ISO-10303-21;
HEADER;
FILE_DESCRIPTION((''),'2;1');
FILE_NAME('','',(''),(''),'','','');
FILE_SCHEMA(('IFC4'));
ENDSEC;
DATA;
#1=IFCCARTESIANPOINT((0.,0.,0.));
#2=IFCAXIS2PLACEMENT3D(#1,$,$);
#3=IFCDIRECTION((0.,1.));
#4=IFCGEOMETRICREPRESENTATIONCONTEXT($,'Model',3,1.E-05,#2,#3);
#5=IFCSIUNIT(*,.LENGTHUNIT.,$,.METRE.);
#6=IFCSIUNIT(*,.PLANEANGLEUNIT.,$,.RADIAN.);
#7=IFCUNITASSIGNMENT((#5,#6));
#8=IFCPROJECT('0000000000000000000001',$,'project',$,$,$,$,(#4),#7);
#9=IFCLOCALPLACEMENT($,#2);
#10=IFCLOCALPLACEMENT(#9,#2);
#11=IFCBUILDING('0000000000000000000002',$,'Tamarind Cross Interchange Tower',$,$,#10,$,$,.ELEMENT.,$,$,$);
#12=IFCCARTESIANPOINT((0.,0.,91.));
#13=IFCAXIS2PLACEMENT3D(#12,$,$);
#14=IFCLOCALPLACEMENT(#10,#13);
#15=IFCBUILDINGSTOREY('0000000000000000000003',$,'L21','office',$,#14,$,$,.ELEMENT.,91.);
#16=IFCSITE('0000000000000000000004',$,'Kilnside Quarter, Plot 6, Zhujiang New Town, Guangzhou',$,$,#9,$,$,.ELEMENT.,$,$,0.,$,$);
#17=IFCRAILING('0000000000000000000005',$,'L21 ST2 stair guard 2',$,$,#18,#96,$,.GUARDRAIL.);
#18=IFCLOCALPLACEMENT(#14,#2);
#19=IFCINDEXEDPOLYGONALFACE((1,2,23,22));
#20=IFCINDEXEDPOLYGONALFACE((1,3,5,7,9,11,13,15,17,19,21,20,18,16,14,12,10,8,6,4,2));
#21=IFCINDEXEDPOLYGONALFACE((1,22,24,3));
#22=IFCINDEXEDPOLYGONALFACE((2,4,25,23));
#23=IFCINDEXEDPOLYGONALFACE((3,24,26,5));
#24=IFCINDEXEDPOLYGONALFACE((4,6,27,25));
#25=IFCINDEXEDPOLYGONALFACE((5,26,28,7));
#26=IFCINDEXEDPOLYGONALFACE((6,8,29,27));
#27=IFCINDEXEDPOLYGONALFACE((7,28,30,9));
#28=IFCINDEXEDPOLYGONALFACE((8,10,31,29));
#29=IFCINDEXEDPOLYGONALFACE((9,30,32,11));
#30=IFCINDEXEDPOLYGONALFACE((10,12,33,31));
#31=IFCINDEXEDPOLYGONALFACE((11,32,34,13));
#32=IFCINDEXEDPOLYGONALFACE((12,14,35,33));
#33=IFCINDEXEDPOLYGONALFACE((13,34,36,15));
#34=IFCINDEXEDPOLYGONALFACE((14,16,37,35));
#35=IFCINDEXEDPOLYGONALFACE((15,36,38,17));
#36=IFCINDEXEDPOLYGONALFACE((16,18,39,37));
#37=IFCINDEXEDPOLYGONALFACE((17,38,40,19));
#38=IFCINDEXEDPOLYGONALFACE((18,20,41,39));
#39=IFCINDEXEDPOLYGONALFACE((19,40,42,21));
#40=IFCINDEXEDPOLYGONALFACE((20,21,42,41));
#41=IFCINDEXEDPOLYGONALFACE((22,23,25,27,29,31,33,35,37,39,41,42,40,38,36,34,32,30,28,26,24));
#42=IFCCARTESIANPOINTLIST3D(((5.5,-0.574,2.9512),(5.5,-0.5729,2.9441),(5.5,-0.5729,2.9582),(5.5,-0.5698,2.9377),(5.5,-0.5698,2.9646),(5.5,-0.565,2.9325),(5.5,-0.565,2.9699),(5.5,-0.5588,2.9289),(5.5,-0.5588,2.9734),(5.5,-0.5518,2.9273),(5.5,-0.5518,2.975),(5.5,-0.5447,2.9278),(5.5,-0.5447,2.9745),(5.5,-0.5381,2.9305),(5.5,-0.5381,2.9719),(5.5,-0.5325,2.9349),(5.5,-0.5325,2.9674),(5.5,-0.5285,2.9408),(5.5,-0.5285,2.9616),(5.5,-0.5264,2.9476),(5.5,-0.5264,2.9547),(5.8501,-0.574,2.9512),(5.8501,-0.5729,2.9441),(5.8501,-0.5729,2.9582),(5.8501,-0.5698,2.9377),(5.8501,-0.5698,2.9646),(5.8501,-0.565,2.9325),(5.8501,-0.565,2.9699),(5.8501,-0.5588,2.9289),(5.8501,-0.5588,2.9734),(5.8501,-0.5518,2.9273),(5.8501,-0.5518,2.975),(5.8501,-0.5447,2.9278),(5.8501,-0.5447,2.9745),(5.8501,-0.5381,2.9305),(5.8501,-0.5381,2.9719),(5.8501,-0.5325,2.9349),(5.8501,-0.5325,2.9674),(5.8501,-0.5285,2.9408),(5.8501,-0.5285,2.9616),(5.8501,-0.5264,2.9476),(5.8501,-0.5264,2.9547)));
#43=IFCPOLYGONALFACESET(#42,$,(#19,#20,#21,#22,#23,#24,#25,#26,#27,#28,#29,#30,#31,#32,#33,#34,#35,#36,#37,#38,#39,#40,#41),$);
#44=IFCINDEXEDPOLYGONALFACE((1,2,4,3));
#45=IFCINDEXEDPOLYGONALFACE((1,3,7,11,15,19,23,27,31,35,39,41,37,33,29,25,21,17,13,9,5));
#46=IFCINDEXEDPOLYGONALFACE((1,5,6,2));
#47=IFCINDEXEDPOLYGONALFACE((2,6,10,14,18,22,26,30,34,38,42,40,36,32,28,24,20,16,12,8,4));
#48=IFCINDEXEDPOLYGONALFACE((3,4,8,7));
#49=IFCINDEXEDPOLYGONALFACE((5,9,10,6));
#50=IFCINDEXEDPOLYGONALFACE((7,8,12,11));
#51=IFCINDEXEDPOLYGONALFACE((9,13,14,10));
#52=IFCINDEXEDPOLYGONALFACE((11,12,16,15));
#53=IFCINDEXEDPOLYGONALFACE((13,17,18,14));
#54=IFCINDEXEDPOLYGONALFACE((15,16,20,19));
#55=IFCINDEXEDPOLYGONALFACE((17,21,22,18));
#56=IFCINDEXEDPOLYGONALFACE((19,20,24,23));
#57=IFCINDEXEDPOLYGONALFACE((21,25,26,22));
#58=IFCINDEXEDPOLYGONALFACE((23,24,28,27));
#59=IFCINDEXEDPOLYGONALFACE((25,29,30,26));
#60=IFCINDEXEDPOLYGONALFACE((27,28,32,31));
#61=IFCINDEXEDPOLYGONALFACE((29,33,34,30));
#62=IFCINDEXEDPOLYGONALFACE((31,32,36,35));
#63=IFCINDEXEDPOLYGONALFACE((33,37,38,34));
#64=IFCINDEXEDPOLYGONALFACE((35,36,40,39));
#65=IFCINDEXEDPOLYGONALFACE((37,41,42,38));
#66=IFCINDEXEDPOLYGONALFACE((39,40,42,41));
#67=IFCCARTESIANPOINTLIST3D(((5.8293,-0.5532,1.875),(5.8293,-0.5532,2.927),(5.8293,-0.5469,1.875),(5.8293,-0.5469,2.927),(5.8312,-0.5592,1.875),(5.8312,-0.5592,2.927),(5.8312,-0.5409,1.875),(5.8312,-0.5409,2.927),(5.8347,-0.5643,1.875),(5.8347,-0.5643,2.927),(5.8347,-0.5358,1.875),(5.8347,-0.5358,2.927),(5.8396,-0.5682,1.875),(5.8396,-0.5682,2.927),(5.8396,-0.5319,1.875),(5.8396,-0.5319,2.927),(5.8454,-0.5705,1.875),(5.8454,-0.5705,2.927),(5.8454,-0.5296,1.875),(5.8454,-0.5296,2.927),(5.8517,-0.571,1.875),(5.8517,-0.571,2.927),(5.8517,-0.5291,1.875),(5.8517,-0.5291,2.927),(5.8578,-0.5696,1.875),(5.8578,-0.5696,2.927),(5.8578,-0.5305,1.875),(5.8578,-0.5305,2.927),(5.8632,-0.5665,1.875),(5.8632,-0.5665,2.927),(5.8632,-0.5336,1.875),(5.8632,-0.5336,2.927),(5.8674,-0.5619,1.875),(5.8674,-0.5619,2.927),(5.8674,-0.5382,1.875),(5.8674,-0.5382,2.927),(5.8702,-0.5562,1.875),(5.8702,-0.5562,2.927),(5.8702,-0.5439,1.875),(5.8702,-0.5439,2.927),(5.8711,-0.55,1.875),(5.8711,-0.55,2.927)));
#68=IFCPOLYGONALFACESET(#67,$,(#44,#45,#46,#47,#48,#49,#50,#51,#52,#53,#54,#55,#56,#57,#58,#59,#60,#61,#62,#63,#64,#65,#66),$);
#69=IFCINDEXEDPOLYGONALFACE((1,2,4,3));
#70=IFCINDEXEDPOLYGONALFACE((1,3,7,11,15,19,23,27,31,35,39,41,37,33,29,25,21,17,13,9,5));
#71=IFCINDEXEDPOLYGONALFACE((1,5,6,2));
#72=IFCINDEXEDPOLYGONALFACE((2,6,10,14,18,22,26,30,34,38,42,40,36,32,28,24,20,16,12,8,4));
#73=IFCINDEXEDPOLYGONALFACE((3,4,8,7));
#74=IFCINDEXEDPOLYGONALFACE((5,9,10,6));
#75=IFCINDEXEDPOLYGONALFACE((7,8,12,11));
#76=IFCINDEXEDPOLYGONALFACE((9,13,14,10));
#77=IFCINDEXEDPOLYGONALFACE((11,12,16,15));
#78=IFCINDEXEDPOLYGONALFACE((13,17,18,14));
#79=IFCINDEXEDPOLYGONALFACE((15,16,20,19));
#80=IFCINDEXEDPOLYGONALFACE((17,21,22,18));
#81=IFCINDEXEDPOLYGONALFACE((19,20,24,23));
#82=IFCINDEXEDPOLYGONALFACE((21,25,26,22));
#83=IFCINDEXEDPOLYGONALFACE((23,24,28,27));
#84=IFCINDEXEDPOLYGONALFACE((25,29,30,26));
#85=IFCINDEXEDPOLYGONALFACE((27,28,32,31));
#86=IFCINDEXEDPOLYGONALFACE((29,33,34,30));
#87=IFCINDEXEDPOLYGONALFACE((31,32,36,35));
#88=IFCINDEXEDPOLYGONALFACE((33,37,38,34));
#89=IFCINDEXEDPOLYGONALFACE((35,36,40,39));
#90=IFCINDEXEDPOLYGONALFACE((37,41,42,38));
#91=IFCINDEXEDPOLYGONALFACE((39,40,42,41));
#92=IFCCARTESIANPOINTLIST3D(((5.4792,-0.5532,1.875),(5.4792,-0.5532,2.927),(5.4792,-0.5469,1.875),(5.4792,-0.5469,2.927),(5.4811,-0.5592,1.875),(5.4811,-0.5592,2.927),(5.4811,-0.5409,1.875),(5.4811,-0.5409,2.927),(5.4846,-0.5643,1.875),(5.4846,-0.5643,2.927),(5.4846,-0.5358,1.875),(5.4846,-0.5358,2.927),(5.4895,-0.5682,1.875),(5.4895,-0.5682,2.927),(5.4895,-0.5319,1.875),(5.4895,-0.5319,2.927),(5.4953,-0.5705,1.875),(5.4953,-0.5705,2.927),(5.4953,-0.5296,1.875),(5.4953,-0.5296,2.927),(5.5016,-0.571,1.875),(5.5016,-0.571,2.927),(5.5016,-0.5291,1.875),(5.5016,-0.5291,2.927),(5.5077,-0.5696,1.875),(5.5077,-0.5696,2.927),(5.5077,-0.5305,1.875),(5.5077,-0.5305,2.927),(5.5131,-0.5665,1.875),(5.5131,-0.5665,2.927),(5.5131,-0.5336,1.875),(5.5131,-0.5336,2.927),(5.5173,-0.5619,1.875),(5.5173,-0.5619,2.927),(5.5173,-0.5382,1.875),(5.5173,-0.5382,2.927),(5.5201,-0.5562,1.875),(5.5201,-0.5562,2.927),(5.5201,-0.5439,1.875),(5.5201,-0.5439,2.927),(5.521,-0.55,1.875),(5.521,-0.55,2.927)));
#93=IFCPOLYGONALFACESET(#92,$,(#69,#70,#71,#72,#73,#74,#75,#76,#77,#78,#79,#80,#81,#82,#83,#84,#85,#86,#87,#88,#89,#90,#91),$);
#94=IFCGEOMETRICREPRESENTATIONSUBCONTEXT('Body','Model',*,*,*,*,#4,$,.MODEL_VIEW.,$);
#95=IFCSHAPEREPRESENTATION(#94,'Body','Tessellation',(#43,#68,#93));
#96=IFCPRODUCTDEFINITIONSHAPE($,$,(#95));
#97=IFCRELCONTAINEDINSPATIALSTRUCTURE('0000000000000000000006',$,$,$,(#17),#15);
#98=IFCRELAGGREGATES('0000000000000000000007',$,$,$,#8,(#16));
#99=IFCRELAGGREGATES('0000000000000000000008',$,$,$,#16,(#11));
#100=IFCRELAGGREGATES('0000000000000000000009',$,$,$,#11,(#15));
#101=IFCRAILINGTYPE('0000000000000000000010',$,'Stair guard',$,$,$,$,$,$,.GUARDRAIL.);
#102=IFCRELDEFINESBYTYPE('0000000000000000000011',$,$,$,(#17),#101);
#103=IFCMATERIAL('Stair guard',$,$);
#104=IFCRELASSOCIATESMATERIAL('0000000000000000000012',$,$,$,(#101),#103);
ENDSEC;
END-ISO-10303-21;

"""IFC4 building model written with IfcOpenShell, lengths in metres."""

from ifc_helpers import new_model, si_unit, direction, frame, origin, origin_2d, place, context, subcontext, project, spatial, circle, extrude, material, type_object, element, save


model = new_model("IFC4")

# Units and contexts
model_context = context("Model", 3, precision=1e-05, world=origin(), true_north=direction((0.0, 1.0)))
body_context = subcontext(model_context, "Body", "Model", "MODEL_VIEW")
ifc_project = project(units=[si_unit("LENGTHUNIT", "METRE"), si_unit("PLANEANGLEUNIT", "RADIAN")], contexts=[model_context])

# Site, building, storey
site_placement = place(None, origin())
site = spatial("IfcSite", under=ifc_project, at=site_placement, Name="Kilnside Quarter, Plot 6, Zhujiang New Town, Guangzhou", CompositionType="ELEMENT", RefElevation=0.0)
building_placement = place(site_placement, origin())
building = spatial("IfcBuilding", under=site, at=building_placement, Name="Tamarind Cross Interchange Tower", CompositionType="ELEMENT")
storey_placement = place(building_placement, frame((0.0, 0.0, 91.0)))
storey = spatial("IfcBuildingStorey", under=building, at=storey_placement, Name="L21", Description="office", CompositionType="ELEMENT", Elevation=91.0)

# Railing
ifc_material_1 = material(Name="Stair guard")
railing_type_1 = type_object("IfcRailingType", Name="Stair guard", PredefinedType="GUARDRAIL", material=ifc_material_1)
railing_1_placement = place(storey_placement, frame((5.8501, -0.55, 1.875)))
element("IfcRailing", 1, at=railing_1_placement, inside=storey, type_object=railing_type_1, Name="L21 ST2 stair guard 2", PredefinedType="GUARDRAIL", context=body_context, shape_type="SweptSolid", body=[
    extrude(circle(Radius=0.0239, at=origin_2d()), frame((0.0, 0.0, 1.0762), z_axis=(-1.0, 0.0, 0.0), x_axis=(0.0, -1.0, 0.0)), (0.0, 0.0, 1.0), 0.3501),
    extrude(circle(Radius=0.021, at=origin_2d()), origin(), (0.0, 0.0, 1.0), 1.052),
    extrude(circle(Radius=0.021, at=origin_2d()), frame((-0.3501, 0.0, 0.0)), (0.0, 0.0, 1.0), 1.052),
])

save(model, "model.ifc")
